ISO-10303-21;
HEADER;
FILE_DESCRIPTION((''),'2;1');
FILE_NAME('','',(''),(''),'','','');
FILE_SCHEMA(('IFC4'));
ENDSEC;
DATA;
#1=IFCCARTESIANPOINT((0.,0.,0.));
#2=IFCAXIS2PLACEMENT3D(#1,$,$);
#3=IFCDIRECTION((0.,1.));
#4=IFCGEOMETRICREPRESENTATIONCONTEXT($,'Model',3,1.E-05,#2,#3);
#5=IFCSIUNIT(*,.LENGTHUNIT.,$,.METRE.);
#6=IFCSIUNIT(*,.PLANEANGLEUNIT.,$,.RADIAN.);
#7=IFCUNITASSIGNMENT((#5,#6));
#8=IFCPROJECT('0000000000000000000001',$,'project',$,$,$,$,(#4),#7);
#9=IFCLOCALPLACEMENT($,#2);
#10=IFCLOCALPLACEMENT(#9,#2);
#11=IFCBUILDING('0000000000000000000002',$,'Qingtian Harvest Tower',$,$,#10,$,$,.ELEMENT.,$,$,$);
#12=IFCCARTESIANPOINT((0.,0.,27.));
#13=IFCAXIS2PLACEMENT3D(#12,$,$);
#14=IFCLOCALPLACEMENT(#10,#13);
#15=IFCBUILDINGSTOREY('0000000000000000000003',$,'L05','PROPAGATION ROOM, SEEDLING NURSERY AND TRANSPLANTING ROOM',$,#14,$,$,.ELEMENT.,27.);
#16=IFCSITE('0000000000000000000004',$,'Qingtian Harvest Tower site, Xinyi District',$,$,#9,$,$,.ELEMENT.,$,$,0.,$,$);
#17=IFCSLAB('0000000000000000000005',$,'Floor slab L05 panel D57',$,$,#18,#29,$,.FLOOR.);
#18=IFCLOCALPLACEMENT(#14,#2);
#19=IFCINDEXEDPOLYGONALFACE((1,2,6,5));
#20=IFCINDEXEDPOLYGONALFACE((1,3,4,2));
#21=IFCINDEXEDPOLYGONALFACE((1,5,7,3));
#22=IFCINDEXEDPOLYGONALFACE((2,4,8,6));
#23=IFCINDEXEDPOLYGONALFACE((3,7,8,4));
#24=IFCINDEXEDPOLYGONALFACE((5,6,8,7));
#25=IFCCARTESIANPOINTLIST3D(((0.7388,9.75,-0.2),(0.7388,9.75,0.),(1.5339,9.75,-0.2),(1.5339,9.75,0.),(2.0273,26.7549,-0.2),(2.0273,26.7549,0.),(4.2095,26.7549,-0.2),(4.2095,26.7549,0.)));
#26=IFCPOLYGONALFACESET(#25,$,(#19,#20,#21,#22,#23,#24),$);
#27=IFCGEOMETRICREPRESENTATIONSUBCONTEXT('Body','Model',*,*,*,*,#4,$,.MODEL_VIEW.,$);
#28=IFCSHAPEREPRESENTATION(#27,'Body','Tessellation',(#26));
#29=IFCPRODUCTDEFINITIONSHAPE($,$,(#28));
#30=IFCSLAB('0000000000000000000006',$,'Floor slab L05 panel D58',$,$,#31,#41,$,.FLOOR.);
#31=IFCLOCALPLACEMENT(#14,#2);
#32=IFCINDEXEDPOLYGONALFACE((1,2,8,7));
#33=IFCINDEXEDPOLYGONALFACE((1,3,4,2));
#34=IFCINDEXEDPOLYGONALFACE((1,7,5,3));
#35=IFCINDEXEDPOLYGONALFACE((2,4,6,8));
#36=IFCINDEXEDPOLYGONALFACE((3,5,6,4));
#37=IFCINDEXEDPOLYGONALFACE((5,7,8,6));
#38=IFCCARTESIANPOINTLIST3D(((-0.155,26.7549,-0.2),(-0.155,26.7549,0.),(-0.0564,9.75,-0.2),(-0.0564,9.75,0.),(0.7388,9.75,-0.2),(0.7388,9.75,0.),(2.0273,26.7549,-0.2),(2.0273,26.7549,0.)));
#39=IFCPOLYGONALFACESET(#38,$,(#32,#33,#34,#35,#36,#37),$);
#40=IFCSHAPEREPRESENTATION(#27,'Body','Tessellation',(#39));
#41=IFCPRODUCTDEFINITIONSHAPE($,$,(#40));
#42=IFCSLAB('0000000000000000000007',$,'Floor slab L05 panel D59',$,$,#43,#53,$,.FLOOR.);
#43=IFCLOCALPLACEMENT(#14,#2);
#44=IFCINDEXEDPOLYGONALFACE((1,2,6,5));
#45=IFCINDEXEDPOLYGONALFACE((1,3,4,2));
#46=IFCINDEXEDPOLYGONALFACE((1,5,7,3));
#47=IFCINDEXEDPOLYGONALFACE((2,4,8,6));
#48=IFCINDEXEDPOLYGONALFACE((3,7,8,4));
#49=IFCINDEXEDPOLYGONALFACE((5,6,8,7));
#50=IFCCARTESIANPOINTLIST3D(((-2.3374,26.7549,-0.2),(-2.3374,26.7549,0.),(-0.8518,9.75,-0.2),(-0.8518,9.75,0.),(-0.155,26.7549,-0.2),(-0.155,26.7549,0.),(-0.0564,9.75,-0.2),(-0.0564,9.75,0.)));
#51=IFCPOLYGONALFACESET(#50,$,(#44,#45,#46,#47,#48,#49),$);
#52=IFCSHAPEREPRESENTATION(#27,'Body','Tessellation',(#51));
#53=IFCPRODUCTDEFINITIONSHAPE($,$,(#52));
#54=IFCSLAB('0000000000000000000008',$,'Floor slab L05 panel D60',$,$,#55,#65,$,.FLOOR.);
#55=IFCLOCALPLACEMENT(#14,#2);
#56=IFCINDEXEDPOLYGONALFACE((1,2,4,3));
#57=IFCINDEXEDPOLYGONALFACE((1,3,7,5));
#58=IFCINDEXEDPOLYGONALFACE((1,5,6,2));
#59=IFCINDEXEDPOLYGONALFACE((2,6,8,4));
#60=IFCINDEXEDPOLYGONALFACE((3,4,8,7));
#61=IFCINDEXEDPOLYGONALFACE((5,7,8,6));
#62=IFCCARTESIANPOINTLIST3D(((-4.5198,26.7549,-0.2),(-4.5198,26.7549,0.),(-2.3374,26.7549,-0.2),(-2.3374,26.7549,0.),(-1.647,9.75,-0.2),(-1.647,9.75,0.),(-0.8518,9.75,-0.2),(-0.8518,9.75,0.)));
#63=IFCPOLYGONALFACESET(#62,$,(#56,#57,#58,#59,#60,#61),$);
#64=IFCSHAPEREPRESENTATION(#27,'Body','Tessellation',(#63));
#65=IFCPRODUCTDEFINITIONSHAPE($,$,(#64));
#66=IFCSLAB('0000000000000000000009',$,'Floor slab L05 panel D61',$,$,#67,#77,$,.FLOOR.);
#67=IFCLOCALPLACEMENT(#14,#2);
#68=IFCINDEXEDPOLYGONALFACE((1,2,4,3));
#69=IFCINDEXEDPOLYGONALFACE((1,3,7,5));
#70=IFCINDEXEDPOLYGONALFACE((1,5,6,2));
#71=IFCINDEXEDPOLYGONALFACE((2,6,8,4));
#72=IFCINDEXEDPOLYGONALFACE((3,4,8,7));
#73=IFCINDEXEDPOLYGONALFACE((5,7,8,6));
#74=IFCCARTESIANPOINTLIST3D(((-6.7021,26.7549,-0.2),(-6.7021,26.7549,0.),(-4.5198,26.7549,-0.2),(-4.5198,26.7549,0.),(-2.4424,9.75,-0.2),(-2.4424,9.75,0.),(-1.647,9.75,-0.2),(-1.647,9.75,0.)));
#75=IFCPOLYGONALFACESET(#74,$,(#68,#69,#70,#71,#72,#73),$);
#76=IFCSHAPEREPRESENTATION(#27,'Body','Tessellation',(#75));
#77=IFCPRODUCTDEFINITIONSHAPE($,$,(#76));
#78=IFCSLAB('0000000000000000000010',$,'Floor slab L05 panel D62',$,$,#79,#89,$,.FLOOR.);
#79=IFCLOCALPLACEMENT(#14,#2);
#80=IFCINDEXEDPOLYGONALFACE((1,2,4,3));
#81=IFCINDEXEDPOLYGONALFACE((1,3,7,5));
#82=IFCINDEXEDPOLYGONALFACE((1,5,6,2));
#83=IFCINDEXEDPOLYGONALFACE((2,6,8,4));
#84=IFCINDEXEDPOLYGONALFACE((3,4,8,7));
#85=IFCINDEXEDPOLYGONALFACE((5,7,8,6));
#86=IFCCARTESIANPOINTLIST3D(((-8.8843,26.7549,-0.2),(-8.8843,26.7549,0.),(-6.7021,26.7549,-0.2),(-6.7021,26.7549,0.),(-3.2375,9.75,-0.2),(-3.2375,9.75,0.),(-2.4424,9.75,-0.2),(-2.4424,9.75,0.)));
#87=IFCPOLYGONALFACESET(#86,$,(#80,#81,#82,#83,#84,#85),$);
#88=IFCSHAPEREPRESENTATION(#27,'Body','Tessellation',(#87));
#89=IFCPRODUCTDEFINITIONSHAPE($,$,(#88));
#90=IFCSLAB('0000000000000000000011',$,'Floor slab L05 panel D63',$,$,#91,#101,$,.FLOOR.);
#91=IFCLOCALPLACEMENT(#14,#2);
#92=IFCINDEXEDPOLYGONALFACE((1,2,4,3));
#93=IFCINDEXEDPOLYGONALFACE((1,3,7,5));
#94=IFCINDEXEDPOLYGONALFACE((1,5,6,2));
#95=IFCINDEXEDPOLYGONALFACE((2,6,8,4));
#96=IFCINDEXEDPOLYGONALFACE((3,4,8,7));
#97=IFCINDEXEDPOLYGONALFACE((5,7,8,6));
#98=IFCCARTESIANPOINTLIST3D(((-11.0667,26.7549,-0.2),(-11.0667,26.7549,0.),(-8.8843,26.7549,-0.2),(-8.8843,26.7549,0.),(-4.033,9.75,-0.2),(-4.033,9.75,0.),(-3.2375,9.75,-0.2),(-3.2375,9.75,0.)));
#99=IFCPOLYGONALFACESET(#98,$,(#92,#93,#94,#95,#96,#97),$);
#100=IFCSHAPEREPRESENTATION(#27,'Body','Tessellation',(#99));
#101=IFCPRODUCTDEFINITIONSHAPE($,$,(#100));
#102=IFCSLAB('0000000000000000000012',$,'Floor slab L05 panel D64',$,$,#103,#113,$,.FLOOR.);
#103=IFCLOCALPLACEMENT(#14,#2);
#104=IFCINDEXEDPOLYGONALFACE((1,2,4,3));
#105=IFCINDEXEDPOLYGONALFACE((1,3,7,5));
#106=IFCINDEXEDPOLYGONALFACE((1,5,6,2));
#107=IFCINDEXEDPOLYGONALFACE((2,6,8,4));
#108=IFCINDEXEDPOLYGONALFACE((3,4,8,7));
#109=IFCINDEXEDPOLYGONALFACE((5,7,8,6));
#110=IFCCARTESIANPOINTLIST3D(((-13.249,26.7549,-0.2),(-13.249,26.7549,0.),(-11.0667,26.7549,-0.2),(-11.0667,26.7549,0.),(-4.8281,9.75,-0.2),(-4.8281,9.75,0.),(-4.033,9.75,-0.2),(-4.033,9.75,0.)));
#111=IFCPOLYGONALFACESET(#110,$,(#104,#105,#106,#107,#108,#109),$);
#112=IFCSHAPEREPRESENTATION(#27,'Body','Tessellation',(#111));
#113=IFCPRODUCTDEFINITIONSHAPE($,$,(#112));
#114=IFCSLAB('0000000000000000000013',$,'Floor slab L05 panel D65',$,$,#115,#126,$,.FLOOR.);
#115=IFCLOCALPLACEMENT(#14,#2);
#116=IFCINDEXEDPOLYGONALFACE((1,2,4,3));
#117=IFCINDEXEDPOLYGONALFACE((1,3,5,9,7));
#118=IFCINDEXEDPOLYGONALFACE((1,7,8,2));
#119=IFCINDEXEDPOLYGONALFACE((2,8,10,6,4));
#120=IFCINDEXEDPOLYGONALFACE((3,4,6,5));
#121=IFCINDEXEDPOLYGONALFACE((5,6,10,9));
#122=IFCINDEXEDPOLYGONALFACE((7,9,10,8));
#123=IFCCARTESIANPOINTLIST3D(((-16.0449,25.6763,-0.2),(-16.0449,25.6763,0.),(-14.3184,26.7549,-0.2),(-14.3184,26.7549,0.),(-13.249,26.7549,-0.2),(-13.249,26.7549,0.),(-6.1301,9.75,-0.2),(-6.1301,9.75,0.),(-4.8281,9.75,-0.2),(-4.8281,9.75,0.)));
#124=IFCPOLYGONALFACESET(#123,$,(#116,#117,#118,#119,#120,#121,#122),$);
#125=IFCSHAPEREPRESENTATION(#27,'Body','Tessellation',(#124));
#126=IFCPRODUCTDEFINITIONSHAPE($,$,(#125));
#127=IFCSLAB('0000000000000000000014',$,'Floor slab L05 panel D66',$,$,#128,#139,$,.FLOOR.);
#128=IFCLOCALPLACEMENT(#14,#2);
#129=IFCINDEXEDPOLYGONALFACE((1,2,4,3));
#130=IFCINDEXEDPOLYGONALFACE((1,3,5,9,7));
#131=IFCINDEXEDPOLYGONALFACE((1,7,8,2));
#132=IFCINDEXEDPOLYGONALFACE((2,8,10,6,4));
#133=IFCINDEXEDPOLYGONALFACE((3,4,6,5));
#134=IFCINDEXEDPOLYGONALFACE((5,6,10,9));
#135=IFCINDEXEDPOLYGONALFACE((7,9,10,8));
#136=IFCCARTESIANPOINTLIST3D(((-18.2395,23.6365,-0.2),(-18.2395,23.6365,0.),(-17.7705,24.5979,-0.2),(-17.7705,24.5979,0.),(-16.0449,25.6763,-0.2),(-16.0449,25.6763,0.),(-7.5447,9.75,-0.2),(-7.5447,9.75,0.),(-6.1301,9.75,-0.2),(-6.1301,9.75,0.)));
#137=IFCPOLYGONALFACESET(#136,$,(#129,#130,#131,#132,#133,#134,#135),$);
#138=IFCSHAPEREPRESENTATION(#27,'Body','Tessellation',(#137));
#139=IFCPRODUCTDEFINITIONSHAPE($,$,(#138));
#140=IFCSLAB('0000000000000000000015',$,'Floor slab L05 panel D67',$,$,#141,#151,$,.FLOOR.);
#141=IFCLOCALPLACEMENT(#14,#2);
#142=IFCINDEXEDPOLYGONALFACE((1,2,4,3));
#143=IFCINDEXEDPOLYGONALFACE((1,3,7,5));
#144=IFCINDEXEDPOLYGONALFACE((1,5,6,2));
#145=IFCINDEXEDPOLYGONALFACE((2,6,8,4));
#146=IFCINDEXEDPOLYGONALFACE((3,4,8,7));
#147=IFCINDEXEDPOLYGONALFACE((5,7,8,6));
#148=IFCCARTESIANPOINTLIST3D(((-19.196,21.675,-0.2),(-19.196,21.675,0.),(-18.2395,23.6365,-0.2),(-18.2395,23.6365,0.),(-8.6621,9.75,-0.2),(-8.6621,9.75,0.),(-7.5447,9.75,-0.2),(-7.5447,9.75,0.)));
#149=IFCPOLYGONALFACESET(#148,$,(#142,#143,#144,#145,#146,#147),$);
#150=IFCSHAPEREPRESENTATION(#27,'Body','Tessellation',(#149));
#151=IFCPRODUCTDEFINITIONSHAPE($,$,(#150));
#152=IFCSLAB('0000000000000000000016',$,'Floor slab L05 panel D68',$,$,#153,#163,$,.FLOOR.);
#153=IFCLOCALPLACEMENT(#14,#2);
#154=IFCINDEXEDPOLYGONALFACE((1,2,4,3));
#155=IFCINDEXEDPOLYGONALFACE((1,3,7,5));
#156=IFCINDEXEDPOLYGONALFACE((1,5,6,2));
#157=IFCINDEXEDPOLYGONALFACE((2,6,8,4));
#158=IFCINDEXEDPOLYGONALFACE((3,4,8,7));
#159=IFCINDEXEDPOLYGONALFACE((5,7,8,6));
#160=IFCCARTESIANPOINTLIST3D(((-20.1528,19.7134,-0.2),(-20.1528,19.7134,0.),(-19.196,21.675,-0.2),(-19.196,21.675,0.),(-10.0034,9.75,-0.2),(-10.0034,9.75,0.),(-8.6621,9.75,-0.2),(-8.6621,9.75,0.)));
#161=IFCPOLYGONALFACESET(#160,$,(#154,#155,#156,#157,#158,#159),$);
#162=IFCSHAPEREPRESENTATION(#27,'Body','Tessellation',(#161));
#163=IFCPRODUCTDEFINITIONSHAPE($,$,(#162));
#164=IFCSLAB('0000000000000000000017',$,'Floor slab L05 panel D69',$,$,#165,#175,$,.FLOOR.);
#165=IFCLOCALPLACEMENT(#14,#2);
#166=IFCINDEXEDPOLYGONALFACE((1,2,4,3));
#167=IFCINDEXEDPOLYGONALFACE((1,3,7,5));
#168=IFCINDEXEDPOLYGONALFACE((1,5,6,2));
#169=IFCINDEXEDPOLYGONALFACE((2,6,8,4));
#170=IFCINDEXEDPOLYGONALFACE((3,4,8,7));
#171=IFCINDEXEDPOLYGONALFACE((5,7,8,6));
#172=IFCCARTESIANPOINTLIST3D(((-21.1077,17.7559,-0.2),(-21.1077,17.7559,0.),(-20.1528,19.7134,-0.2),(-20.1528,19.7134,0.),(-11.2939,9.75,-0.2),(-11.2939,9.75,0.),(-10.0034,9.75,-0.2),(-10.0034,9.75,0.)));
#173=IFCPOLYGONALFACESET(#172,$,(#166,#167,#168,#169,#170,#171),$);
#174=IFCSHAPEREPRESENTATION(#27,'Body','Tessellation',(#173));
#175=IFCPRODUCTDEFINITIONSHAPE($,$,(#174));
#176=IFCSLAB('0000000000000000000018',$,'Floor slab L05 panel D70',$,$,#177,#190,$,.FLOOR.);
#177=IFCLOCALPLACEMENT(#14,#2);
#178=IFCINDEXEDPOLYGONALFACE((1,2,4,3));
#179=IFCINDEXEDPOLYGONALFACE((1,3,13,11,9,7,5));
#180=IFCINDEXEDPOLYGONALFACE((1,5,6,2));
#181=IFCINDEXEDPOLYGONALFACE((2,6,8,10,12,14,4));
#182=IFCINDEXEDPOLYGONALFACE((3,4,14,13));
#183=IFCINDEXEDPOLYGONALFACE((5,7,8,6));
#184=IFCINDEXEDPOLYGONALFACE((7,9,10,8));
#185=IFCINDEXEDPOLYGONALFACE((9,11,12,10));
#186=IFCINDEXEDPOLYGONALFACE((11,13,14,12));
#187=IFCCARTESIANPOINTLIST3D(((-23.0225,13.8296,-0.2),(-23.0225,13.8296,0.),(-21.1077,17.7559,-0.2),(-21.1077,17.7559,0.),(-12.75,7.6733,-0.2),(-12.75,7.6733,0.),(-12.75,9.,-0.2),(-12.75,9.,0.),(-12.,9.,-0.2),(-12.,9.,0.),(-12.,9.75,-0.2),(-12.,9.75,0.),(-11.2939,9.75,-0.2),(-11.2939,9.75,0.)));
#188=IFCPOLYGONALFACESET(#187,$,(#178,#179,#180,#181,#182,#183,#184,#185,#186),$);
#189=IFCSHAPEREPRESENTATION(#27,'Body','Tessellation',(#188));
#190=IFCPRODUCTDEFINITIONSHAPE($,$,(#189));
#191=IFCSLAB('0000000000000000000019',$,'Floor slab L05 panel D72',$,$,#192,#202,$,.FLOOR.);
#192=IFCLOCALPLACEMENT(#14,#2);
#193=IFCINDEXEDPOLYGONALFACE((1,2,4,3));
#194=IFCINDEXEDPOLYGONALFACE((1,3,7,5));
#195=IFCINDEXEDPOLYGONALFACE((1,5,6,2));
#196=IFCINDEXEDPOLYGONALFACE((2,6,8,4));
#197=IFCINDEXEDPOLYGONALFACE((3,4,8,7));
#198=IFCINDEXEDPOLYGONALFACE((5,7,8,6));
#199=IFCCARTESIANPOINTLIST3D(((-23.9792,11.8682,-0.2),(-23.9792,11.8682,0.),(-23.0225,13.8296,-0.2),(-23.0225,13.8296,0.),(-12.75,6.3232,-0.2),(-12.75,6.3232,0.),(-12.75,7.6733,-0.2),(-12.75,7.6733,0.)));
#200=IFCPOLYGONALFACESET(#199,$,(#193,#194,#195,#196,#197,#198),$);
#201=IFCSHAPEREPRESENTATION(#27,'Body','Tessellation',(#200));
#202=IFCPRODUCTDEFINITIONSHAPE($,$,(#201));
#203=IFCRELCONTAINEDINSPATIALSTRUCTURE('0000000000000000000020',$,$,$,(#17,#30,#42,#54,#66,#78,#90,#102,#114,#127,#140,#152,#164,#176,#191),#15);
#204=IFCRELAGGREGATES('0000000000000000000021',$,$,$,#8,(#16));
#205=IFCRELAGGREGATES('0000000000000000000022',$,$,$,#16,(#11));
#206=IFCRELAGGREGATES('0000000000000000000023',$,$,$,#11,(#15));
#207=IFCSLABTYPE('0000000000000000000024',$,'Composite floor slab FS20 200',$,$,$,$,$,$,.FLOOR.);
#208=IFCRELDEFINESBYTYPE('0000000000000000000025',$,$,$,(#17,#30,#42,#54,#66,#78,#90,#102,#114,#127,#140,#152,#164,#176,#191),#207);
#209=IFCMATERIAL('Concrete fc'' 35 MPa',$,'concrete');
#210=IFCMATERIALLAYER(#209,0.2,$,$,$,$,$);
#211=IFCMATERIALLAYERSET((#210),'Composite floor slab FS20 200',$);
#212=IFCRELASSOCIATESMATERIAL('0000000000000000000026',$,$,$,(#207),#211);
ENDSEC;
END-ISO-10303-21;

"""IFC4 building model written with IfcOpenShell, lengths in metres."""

from ifc_helpers import new_model, si_unit, direction, frame, origin, place, context, subcontext, project, spatial, polyline, outline, extrude, material, layer, layer_set, type_object, element, save


model = new_model("IFC4")

# Units and contexts
model_context = context("Model", 3, precision=1e-05, world=origin(), true_north=direction((0.0, 1.0)))
body_context = subcontext(model_context, "Body", "Model", "MODEL_VIEW")
ifc_project = project(units=[si_unit("LENGTHUNIT", "METRE"), si_unit("PLANEANGLEUNIT", "RADIAN")], contexts=[model_context])

# Site, building, storey
site_placement = place(None, origin())
site = spatial("IfcSite", under=ifc_project, at=site_placement, Name="Qingtian Harvest Tower site, Xinyi District", CompositionType="ELEMENT", RefElevation=0.0)
building_placement = place(site_placement, origin())
building = spatial("IfcBuilding", under=site, at=building_placement, Name="Qingtian Harvest Tower", CompositionType="ELEMENT")
storey_placement = place(building_placement, frame((0.0, 0.0, 27.0)))
storey = spatial("IfcBuildingStorey", under=building, at=storey_placement, Name="L05", Description="PROPAGATION ROOM, SEEDLING NURSERY AND TRANSPLANTING ROOM", CompositionType="ELEMENT", Elevation=27.0)

# Slabs
ifc_material_1 = material(Name="Concrete fc' 35 MPa", Category="concrete")
ifc_layer_1 = layer(ifc_material_1, 0.2)
ifc_layer_set_1 = layer_set([ifc_layer_1], Name="Composite floor slab FS20 200")
slab_type = type_object("IfcSlabType", Name="Composite floor slab FS20 200", PredefinedType="FLOOR", material=ifc_layer_set_1)
slab_1_placement = place(storey_placement, frame((0.0, 0.0, -0.2)))
element("IfcSlab", 1, at=slab_1_placement, inside=storey, type_object=slab_type, Name="Floor slab L05 panel D57", PredefinedType="FLOOR", context=body_context, shape_type="SweptSolid", body=[
    extrude(outline(polyline([(0.7388, 9.75), (2.0273, 26.7549), (4.2095, 26.7549), (1.5339, 9.75), (0.7388, 9.75)])), origin(), (0.0, 0.0, 1.0), 0.2),
])
slab_2_placement = place(storey_placement, frame((0.0, 0.0, -0.2)))
element("IfcSlab", 2, at=slab_2_placement, inside=storey, type_object=slab_type, Name="Floor slab L05 panel D58", PredefinedType="FLOOR", context=body_context, shape_type="SweptSolid", body=[
    extrude(outline(polyline([(-0.0564, 9.75), (-0.155, 26.7549), (2.0273, 26.7549), (0.7388, 9.75), (-0.0564, 9.75)])), origin(), (0.0, 0.0, 1.0), 0.2),
])
slab_3_placement = place(storey_placement, frame((0.0, 0.0, -0.2)))
element("IfcSlab", 3, at=slab_3_placement, inside=storey, type_object=slab_type, Name="Floor slab L05 panel D59", PredefinedType="FLOOR", context=body_context, shape_type="SweptSolid", body=[
    extrude(outline(polyline([(-0.8518, 9.75), (-2.3374, 26.7549), (-0.155, 26.7549), (-0.0564, 9.75), (-0.8518, 9.75)])), origin(), (0.0, 0.0, 1.0), 0.2),
])
slab_4_placement = place(storey_placement, frame((0.0, 0.0, -0.2)))
element("IfcSlab", 4, at=slab_4_placement, inside=storey, type_object=slab_type, Name="Floor slab L05 panel D60", PredefinedType="FLOOR", context=body_context, shape_type="SweptSolid", body=[
    extrude(outline(polyline([(-1.647, 9.75), (-4.5198, 26.7549), (-2.3374, 26.7549), (-0.8518, 9.75), (-1.647, 9.75)])), origin(), (0.0, 0.0, 1.0), 0.2),
])
slab_5_placement = place(storey_placement, frame((0.0, 0.0, -0.2)))
element("IfcSlab", 5, at=slab_5_placement, inside=storey, type_object=slab_type, Name="Floor slab L05 panel D61", PredefinedType="FLOOR", context=body_context, shape_type="SweptSolid", body=[
    extrude(outline(polyline([(-2.4424, 9.75), (-6.7021, 26.7549), (-4.5198, 26.7549), (-1.647, 9.75), (-2.4424, 9.75)])), origin(), (0.0, 0.0, 1.0), 0.2),
])
slab_6_placement = place(storey_placement, frame((0.0, 0.0, -0.2)))
element("IfcSlab", 6, at=slab_6_placement, inside=storey, type_object=slab_type, Name="Floor slab L05 panel D62", PredefinedType="FLOOR", context=body_context, shape_type="SweptSolid", body=[
    extrude(outline(polyline([(-3.2375, 9.75), (-8.8843, 26.7549), (-6.7021, 26.7549), (-2.4424, 9.75), (-3.2375, 9.75)])), origin(), (0.0, 0.0, 1.0), 0.2),
])
slab_7_placement = place(storey_placement, frame((0.0, 0.0, -0.2)))
element("IfcSlab", 7, at=slab_7_placement, inside=storey, type_object=slab_type, Name="Floor slab L05 panel D63", PredefinedType="FLOOR", context=body_context, shape_type="SweptSolid", body=[
    extrude(outline(polyline([(-4.033, 9.75), (-11.0667, 26.7549), (-8.8843, 26.7549), (-3.2375, 9.75), (-4.033, 9.75)])), origin(), (0.0, 0.0, 1.0), 0.2),
])
slab_8_placement = place(storey_placement, frame((0.0, 0.0, -0.2)))
element("IfcSlab", 8, at=slab_8_placement, inside=storey, type_object=slab_type, Name="Floor slab L05 panel D64", PredefinedType="FLOOR", context=body_context, shape_type="SweptSolid", body=[
    extrude(outline(polyline([(-4.8281, 9.75), (-13.249, 26.7549), (-11.0667, 26.7549), (-4.033, 9.75), (-4.8281, 9.75)])), origin(), (0.0, 0.0, 1.0), 0.2),
])
slab_9_placement = place(storey_placement, frame((0.0, 0.0, -0.2)))
element("IfcSlab", 9, at=slab_9_placement, inside=storey, type_object=slab_type, Name="Floor slab L05 panel D65", PredefinedType="FLOOR", context=body_context, shape_type="SweptSolid", body=[
    extrude(outline(polyline([(-4.8281, 9.75), (-6.1301, 9.75), (-16.0449, 25.6763), (-14.3184, 26.7549), (-13.249, 26.7549), (-4.8281, 9.75)])), origin(), (0.0, 0.0, 1.0), 0.2),
])
slab_10_placement = place(storey_placement, frame((0.0, 0.0, -0.2)))
element("IfcSlab", 10, at=slab_10_placement, inside=storey, type_object=slab_type, Name="Floor slab L05 panel D66", PredefinedType="FLOOR", context=body_context, shape_type="SweptSolid", body=[
    extrude(outline(polyline([(-6.1301, 9.75), (-7.5447, 9.75), (-18.2395, 23.6365), (-17.7705, 24.5979), (-16.0449, 25.6763), (-6.1301, 9.75)])), origin(), (0.0, 0.0, 1.0), 0.2),
])
slab_11_placement = place(storey_placement, frame((0.0, 0.0, -0.2)))
element("IfcSlab", 11, at=slab_11_placement, inside=storey, type_object=slab_type, Name="Floor slab L05 panel D67", PredefinedType="FLOOR", context=body_context, shape_type="SweptSolid", body=[
    extrude(outline(polyline([(-8.6621, 9.75), (-19.196, 21.675), (-18.2395, 23.6365), (-7.5447, 9.75), (-8.6621, 9.75)])), origin(), (0.0, 0.0, 1.0), 0.2),
])
slab_12_placement = place(storey_placement, frame((0.0, 0.0, -0.2)))
element("IfcSlab", 12, at=slab_12_placement, inside=storey, type_object=slab_type, Name="Floor slab L05 panel D68", PredefinedType="FLOOR", context=body_context, shape_type="SweptSolid", body=[
    extrude(outline(polyline([(-10.0034, 9.75), (-20.1528, 19.7134), (-19.196, 21.675), (-8.6621, 9.75), (-10.0034, 9.75)])), origin(), (0.0, 0.0, 1.0), 0.2),
])
slab_13_placement = place(storey_placement, frame((0.0, 0.0, -0.2)))
element("IfcSlab", 13, at=slab_13_placement, inside=storey, type_object=slab_type, Name="Floor slab L05 panel D69", PredefinedType="FLOOR", context=body_context, shape_type="SweptSolid", body=[
    extrude(outline(polyline([(-11.2939, 9.75), (-21.1077, 17.7559), (-20.1528, 19.7134), (-10.0034, 9.75), (-11.2939, 9.75)])), origin(), (0.0, 0.0, 1.0), 0.2),
])
slab_14_placement = place(storey_placement, frame((0.0, 0.0, -0.2)))
element("IfcSlab", 14, at=slab_14_placement, inside=storey, type_object=slab_type, Name="Floor slab L05 panel D70", PredefinedType="FLOOR", context=body_context, shape_type="SweptSolid", body=[
    extrude(outline(polyline([(-12.0, 9.0), (-12.75, 9.0), (-12.75, 7.6733), (-23.0225, 13.8296), (-21.1077, 17.7559), (-11.2939, 9.75), (-12.0, 9.75), (-12.0, 9.0)])), origin(), (0.0, 0.0, 1.0), 0.2),
])
slab_15_placement = place(storey_placement, frame((0.0, 0.0, -0.2)))
element("IfcSlab", 15, at=slab_15_placement, inside=storey, type_object=slab_type, Name="Floor slab L05 panel D72", PredefinedType="FLOOR", context=body_context, shape_type="SweptSolid", body=[
    extrude(outline(polyline([(-12.75, 6.3232), (-23.9792, 11.8682), (-23.0225, 13.8296), (-12.75, 7.6733), (-12.75, 6.3232)])), origin(), (0.0, 0.0, 1.0), 0.2),
])

save(model, "model.ifc")
